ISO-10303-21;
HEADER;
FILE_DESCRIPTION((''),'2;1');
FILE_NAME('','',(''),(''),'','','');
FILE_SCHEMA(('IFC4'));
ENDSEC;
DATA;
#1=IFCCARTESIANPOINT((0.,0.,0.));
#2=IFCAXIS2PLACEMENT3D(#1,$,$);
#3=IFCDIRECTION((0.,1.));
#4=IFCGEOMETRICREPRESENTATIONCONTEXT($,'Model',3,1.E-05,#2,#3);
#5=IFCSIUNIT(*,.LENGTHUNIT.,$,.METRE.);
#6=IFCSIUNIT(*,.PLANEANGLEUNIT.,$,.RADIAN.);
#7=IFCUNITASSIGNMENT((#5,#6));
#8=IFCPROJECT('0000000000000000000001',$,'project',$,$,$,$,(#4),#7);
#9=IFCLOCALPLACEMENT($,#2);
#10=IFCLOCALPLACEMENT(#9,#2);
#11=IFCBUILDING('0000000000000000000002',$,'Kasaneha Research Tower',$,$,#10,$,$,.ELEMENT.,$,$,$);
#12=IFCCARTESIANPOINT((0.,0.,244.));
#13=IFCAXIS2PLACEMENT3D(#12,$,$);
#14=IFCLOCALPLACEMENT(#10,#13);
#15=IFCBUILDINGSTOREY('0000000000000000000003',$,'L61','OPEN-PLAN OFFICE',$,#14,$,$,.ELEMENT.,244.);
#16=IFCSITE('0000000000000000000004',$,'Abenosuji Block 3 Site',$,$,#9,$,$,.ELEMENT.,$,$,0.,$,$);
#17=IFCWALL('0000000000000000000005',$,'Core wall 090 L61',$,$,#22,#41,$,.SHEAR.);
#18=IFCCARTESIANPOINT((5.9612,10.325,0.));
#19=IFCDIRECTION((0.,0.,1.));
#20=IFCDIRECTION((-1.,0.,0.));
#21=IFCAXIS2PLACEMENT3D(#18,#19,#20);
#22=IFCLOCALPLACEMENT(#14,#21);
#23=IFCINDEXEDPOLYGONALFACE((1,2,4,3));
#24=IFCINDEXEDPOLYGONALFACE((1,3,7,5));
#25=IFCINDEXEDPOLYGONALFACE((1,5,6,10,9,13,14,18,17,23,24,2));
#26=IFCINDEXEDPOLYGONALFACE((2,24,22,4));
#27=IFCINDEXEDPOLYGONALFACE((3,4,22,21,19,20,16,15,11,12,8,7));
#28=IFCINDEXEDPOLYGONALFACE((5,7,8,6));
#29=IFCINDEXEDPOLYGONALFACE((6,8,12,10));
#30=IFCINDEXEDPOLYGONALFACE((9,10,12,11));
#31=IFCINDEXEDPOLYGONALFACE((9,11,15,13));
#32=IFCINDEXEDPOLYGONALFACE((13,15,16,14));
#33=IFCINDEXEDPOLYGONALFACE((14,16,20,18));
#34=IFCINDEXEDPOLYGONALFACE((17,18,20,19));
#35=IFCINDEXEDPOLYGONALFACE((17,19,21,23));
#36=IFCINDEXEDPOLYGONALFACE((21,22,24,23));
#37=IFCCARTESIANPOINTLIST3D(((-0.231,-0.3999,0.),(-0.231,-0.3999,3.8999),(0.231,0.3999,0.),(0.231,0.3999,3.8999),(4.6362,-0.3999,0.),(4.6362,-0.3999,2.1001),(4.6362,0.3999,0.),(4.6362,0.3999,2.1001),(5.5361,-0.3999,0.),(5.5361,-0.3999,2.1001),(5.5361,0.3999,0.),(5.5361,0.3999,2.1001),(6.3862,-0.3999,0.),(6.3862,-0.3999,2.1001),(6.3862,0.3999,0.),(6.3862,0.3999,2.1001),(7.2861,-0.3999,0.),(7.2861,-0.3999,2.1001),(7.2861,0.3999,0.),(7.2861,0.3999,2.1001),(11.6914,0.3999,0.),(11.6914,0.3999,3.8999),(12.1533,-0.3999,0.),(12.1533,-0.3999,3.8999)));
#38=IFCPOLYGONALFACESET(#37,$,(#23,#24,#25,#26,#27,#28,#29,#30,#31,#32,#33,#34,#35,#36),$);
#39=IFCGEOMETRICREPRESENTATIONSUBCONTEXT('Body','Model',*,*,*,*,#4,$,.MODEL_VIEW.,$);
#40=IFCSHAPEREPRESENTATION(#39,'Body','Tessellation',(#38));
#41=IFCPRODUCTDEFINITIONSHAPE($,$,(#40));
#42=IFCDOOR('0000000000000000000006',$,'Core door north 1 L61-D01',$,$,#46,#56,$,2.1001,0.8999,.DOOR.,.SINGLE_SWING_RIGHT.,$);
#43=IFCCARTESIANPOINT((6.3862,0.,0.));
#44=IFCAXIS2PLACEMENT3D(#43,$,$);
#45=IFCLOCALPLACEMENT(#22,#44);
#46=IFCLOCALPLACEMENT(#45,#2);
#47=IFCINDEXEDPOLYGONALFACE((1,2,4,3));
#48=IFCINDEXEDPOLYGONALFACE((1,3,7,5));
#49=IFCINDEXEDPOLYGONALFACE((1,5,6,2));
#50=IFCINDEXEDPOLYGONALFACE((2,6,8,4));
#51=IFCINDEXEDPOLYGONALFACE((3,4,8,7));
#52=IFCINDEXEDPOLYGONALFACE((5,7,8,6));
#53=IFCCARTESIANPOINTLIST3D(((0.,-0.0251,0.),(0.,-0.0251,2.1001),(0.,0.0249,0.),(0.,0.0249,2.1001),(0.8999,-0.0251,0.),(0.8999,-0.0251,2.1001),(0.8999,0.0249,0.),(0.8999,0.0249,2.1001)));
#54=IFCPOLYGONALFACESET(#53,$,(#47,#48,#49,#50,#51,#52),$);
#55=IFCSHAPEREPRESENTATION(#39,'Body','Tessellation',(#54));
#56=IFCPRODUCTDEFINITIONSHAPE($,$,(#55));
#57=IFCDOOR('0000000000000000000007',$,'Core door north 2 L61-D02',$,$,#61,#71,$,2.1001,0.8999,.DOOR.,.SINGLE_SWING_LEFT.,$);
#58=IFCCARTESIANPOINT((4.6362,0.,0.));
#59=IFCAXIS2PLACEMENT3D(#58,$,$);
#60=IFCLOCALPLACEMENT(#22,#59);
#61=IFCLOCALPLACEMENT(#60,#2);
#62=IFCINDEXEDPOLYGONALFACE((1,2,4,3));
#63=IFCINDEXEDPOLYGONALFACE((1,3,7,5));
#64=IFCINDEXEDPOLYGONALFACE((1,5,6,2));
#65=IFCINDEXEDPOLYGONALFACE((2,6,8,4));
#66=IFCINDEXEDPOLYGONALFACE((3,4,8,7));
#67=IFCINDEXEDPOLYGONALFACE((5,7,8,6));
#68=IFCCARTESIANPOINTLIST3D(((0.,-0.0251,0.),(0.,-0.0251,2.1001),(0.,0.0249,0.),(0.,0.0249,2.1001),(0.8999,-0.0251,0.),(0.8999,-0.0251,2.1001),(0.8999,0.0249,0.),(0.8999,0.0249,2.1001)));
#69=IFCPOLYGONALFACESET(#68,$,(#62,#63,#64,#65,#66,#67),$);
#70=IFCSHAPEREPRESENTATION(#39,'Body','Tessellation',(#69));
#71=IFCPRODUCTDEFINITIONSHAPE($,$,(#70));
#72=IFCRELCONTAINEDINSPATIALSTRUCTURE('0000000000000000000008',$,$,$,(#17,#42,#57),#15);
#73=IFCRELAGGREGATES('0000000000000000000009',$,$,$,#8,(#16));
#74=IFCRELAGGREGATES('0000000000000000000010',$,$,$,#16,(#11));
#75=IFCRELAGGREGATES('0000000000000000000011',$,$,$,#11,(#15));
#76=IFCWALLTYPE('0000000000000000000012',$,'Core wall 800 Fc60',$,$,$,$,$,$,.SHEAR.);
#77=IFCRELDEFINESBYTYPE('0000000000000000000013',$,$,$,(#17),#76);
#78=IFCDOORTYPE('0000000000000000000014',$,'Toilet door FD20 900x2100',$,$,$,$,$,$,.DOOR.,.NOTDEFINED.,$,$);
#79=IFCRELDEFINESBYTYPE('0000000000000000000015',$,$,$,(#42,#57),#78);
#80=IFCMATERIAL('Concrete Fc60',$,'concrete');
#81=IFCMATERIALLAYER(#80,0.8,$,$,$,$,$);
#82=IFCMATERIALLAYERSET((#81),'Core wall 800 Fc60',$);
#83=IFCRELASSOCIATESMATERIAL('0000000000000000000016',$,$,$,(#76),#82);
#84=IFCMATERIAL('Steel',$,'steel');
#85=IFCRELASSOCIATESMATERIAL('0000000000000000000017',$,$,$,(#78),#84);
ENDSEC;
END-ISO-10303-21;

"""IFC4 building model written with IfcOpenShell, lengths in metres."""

from ifc_helpers import new_model, si_unit, direction, frame, frame_2d, origin, place, context, subcontext, project, spatial, polyline, rectangle, outline, extrude, material, layer, layer_set, type_object, element, fill, save


model = new_model("IFC4")

# Units and contexts
model_context = context("Model", 3, precision=1e-05, world=origin(), true_north=direction((0.0, 1.0)))
body_context = subcontext(model_context, "Body", "Model", "MODEL_VIEW")
ifc_project = project(units=[si_unit("LENGTHUNIT", "METRE"), si_unit("PLANEANGLEUNIT", "RADIAN")], contexts=[model_context])

# Site, building, storey
site_placement = place(None, origin())
site = spatial("IfcSite", under=ifc_project, at=site_placement, Name="Abenosuji Block 3 Site", CompositionType="ELEMENT", RefElevation=0.0)
building_placement = place(site_placement, origin())
building = spatial("IfcBuilding", under=site, at=building_placement, Name="Kasaneha Research Tower", CompositionType="ELEMENT")
storey_placement = place(building_placement, frame((0.0, 0.0, 244.0)))
storey = spatial("IfcBuildingStorey", under=building, at=storey_placement, Name="L61", Description="OPEN-PLAN OFFICE", CompositionType="ELEMENT", Elevation=244.0)

# Wall, openings, doors
ifc_material_1 = material(Name="Concrete Fc60", Category="concrete")
ifc_layer_1 = layer(ifc_material_1, 0.8)
ifc_layer_set_1 = layer_set([ifc_layer_1], Name="Core wall 800 Fc60")
wall_type_1 = type_object("IfcWallType", Name="Core wall 800 Fc60", PredefinedType="SHEAR", material=ifc_layer_set_1)
wall_1_placement = place(storey_placement, frame((5.9612, 10.325, 0.0), z_axis=(0.0, 0.0, 1.0), x_axis=(-1.0, 0.0, 0.0)))
wall_1 = element("IfcWall", 1, at=wall_1_placement, inside=storey, type_object=wall_type_1, Name="Core wall 090 L61", PredefinedType="SHEAR", context=body_context, shape_type="SweptSolid", body=[
    extrude(outline(polyline([(-0.231, -0.3999), (4.6362, -0.3999), (5.5361, -0.3999), (6.3862, -0.3999), (7.2861, -0.3999), (12.1533, -0.3999), (11.6914, 0.3999), (7.2861, 0.3999), (6.3862, 0.3999), (5.5361, 0.3999), (4.6362, 0.3999), (0.231, 0.3999), (-0.231, -0.3999)])), origin(), (0.0, 0.0, 1.0), 3.8999),
])
opening_1_placement = place(wall_1_placement, frame((6.3862, 0.0, 0.0)))
opening_1 = element("IfcOpeningElement", 2, at=opening_1_placement, cuts=wall_1, PredefinedType="OPENING", context=body_context, shape_type="SweptSolid", body=[
    extrude(rectangle(XDim=0.8999, YDim=2.1001, at=frame_2d((0.45, 1.05))), frame((0.0, 0.4102, 0.0), z_axis=(0.0, -1.0, 0.0), x_axis=(1.0, 0.0, 0.0)), (0.0, 0.0, 1.0), 0.8201),
])
opening_2_placement = place(wall_1_placement, frame((4.6362, 0.0, 0.0)))
opening_2 = element("IfcOpeningElement", 3, at=opening_2_placement, cuts=wall_1, PredefinedType="OPENING", context=body_context, shape_type="SweptSolid", body=[
    extrude(rectangle(XDim=0.8999, YDim=2.1001, at=frame_2d((0.45, 1.05))), frame((0.0, 0.4102, 0.0), z_axis=(0.0, -1.0, 0.0), x_axis=(1.0, 0.0, 0.0)), (0.0, 0.0, 1.0), 0.8201),
])
ifc_material_2 = material(Name="Steel", Category="steel")
door_type_1 = type_object("IfcDoorType", Name="Toilet door FD20 900x2100", OperationType="NOTDEFINED", PredefinedType="DOOR", material=ifc_material_2)
door_1_placement = place(opening_1_placement, origin())
door_1 = element("IfcDoor", 4, at=door_1_placement, inside=storey, type_object=door_type_1, Name="Core door north 1 L61-D01", OperationType="SINGLE_SWING_RIGHT", OverallHeight=2.1001, OverallWidth=0.8999, PredefinedType="DOOR", context=body_context, shape_type="SweptSolid", body=[
    extrude(rectangle(XDim=0.8999, YDim=2.1001, at=frame_2d((0.45, 1.05))), frame((0.0, 0.0249, 0.0), z_axis=(0.0, -1.0, 0.0), x_axis=(1.0, 0.0, 0.0)), (0.0, 0.0, 1.0), 0.05),
])
fill(opening_1, door_1)
door_2_placement = place(opening_2_placement, origin())
door_2 = element("IfcDoor", 5, at=door_2_placement, inside=storey, type_object=door_type_1, Name="Core door north 2 L61-D02", OperationType="SINGLE_SWING_LEFT", OverallHeight=2.1001, OverallWidth=0.8999, PredefinedType="DOOR", context=body_context, shape_type="SweptSolid", body=[
    extrude(rectangle(XDim=0.8999, YDim=2.1001, at=frame_2d((0.45, 1.05))), frame((0.0, 0.0249, 0.0), z_axis=(0.0, -1.0, 0.0), x_axis=(1.0, 0.0, 0.0)), (0.0, 0.0, 1.0), 0.05),
])
fill(opening_2, door_2)

save(model, "model.ifc")
